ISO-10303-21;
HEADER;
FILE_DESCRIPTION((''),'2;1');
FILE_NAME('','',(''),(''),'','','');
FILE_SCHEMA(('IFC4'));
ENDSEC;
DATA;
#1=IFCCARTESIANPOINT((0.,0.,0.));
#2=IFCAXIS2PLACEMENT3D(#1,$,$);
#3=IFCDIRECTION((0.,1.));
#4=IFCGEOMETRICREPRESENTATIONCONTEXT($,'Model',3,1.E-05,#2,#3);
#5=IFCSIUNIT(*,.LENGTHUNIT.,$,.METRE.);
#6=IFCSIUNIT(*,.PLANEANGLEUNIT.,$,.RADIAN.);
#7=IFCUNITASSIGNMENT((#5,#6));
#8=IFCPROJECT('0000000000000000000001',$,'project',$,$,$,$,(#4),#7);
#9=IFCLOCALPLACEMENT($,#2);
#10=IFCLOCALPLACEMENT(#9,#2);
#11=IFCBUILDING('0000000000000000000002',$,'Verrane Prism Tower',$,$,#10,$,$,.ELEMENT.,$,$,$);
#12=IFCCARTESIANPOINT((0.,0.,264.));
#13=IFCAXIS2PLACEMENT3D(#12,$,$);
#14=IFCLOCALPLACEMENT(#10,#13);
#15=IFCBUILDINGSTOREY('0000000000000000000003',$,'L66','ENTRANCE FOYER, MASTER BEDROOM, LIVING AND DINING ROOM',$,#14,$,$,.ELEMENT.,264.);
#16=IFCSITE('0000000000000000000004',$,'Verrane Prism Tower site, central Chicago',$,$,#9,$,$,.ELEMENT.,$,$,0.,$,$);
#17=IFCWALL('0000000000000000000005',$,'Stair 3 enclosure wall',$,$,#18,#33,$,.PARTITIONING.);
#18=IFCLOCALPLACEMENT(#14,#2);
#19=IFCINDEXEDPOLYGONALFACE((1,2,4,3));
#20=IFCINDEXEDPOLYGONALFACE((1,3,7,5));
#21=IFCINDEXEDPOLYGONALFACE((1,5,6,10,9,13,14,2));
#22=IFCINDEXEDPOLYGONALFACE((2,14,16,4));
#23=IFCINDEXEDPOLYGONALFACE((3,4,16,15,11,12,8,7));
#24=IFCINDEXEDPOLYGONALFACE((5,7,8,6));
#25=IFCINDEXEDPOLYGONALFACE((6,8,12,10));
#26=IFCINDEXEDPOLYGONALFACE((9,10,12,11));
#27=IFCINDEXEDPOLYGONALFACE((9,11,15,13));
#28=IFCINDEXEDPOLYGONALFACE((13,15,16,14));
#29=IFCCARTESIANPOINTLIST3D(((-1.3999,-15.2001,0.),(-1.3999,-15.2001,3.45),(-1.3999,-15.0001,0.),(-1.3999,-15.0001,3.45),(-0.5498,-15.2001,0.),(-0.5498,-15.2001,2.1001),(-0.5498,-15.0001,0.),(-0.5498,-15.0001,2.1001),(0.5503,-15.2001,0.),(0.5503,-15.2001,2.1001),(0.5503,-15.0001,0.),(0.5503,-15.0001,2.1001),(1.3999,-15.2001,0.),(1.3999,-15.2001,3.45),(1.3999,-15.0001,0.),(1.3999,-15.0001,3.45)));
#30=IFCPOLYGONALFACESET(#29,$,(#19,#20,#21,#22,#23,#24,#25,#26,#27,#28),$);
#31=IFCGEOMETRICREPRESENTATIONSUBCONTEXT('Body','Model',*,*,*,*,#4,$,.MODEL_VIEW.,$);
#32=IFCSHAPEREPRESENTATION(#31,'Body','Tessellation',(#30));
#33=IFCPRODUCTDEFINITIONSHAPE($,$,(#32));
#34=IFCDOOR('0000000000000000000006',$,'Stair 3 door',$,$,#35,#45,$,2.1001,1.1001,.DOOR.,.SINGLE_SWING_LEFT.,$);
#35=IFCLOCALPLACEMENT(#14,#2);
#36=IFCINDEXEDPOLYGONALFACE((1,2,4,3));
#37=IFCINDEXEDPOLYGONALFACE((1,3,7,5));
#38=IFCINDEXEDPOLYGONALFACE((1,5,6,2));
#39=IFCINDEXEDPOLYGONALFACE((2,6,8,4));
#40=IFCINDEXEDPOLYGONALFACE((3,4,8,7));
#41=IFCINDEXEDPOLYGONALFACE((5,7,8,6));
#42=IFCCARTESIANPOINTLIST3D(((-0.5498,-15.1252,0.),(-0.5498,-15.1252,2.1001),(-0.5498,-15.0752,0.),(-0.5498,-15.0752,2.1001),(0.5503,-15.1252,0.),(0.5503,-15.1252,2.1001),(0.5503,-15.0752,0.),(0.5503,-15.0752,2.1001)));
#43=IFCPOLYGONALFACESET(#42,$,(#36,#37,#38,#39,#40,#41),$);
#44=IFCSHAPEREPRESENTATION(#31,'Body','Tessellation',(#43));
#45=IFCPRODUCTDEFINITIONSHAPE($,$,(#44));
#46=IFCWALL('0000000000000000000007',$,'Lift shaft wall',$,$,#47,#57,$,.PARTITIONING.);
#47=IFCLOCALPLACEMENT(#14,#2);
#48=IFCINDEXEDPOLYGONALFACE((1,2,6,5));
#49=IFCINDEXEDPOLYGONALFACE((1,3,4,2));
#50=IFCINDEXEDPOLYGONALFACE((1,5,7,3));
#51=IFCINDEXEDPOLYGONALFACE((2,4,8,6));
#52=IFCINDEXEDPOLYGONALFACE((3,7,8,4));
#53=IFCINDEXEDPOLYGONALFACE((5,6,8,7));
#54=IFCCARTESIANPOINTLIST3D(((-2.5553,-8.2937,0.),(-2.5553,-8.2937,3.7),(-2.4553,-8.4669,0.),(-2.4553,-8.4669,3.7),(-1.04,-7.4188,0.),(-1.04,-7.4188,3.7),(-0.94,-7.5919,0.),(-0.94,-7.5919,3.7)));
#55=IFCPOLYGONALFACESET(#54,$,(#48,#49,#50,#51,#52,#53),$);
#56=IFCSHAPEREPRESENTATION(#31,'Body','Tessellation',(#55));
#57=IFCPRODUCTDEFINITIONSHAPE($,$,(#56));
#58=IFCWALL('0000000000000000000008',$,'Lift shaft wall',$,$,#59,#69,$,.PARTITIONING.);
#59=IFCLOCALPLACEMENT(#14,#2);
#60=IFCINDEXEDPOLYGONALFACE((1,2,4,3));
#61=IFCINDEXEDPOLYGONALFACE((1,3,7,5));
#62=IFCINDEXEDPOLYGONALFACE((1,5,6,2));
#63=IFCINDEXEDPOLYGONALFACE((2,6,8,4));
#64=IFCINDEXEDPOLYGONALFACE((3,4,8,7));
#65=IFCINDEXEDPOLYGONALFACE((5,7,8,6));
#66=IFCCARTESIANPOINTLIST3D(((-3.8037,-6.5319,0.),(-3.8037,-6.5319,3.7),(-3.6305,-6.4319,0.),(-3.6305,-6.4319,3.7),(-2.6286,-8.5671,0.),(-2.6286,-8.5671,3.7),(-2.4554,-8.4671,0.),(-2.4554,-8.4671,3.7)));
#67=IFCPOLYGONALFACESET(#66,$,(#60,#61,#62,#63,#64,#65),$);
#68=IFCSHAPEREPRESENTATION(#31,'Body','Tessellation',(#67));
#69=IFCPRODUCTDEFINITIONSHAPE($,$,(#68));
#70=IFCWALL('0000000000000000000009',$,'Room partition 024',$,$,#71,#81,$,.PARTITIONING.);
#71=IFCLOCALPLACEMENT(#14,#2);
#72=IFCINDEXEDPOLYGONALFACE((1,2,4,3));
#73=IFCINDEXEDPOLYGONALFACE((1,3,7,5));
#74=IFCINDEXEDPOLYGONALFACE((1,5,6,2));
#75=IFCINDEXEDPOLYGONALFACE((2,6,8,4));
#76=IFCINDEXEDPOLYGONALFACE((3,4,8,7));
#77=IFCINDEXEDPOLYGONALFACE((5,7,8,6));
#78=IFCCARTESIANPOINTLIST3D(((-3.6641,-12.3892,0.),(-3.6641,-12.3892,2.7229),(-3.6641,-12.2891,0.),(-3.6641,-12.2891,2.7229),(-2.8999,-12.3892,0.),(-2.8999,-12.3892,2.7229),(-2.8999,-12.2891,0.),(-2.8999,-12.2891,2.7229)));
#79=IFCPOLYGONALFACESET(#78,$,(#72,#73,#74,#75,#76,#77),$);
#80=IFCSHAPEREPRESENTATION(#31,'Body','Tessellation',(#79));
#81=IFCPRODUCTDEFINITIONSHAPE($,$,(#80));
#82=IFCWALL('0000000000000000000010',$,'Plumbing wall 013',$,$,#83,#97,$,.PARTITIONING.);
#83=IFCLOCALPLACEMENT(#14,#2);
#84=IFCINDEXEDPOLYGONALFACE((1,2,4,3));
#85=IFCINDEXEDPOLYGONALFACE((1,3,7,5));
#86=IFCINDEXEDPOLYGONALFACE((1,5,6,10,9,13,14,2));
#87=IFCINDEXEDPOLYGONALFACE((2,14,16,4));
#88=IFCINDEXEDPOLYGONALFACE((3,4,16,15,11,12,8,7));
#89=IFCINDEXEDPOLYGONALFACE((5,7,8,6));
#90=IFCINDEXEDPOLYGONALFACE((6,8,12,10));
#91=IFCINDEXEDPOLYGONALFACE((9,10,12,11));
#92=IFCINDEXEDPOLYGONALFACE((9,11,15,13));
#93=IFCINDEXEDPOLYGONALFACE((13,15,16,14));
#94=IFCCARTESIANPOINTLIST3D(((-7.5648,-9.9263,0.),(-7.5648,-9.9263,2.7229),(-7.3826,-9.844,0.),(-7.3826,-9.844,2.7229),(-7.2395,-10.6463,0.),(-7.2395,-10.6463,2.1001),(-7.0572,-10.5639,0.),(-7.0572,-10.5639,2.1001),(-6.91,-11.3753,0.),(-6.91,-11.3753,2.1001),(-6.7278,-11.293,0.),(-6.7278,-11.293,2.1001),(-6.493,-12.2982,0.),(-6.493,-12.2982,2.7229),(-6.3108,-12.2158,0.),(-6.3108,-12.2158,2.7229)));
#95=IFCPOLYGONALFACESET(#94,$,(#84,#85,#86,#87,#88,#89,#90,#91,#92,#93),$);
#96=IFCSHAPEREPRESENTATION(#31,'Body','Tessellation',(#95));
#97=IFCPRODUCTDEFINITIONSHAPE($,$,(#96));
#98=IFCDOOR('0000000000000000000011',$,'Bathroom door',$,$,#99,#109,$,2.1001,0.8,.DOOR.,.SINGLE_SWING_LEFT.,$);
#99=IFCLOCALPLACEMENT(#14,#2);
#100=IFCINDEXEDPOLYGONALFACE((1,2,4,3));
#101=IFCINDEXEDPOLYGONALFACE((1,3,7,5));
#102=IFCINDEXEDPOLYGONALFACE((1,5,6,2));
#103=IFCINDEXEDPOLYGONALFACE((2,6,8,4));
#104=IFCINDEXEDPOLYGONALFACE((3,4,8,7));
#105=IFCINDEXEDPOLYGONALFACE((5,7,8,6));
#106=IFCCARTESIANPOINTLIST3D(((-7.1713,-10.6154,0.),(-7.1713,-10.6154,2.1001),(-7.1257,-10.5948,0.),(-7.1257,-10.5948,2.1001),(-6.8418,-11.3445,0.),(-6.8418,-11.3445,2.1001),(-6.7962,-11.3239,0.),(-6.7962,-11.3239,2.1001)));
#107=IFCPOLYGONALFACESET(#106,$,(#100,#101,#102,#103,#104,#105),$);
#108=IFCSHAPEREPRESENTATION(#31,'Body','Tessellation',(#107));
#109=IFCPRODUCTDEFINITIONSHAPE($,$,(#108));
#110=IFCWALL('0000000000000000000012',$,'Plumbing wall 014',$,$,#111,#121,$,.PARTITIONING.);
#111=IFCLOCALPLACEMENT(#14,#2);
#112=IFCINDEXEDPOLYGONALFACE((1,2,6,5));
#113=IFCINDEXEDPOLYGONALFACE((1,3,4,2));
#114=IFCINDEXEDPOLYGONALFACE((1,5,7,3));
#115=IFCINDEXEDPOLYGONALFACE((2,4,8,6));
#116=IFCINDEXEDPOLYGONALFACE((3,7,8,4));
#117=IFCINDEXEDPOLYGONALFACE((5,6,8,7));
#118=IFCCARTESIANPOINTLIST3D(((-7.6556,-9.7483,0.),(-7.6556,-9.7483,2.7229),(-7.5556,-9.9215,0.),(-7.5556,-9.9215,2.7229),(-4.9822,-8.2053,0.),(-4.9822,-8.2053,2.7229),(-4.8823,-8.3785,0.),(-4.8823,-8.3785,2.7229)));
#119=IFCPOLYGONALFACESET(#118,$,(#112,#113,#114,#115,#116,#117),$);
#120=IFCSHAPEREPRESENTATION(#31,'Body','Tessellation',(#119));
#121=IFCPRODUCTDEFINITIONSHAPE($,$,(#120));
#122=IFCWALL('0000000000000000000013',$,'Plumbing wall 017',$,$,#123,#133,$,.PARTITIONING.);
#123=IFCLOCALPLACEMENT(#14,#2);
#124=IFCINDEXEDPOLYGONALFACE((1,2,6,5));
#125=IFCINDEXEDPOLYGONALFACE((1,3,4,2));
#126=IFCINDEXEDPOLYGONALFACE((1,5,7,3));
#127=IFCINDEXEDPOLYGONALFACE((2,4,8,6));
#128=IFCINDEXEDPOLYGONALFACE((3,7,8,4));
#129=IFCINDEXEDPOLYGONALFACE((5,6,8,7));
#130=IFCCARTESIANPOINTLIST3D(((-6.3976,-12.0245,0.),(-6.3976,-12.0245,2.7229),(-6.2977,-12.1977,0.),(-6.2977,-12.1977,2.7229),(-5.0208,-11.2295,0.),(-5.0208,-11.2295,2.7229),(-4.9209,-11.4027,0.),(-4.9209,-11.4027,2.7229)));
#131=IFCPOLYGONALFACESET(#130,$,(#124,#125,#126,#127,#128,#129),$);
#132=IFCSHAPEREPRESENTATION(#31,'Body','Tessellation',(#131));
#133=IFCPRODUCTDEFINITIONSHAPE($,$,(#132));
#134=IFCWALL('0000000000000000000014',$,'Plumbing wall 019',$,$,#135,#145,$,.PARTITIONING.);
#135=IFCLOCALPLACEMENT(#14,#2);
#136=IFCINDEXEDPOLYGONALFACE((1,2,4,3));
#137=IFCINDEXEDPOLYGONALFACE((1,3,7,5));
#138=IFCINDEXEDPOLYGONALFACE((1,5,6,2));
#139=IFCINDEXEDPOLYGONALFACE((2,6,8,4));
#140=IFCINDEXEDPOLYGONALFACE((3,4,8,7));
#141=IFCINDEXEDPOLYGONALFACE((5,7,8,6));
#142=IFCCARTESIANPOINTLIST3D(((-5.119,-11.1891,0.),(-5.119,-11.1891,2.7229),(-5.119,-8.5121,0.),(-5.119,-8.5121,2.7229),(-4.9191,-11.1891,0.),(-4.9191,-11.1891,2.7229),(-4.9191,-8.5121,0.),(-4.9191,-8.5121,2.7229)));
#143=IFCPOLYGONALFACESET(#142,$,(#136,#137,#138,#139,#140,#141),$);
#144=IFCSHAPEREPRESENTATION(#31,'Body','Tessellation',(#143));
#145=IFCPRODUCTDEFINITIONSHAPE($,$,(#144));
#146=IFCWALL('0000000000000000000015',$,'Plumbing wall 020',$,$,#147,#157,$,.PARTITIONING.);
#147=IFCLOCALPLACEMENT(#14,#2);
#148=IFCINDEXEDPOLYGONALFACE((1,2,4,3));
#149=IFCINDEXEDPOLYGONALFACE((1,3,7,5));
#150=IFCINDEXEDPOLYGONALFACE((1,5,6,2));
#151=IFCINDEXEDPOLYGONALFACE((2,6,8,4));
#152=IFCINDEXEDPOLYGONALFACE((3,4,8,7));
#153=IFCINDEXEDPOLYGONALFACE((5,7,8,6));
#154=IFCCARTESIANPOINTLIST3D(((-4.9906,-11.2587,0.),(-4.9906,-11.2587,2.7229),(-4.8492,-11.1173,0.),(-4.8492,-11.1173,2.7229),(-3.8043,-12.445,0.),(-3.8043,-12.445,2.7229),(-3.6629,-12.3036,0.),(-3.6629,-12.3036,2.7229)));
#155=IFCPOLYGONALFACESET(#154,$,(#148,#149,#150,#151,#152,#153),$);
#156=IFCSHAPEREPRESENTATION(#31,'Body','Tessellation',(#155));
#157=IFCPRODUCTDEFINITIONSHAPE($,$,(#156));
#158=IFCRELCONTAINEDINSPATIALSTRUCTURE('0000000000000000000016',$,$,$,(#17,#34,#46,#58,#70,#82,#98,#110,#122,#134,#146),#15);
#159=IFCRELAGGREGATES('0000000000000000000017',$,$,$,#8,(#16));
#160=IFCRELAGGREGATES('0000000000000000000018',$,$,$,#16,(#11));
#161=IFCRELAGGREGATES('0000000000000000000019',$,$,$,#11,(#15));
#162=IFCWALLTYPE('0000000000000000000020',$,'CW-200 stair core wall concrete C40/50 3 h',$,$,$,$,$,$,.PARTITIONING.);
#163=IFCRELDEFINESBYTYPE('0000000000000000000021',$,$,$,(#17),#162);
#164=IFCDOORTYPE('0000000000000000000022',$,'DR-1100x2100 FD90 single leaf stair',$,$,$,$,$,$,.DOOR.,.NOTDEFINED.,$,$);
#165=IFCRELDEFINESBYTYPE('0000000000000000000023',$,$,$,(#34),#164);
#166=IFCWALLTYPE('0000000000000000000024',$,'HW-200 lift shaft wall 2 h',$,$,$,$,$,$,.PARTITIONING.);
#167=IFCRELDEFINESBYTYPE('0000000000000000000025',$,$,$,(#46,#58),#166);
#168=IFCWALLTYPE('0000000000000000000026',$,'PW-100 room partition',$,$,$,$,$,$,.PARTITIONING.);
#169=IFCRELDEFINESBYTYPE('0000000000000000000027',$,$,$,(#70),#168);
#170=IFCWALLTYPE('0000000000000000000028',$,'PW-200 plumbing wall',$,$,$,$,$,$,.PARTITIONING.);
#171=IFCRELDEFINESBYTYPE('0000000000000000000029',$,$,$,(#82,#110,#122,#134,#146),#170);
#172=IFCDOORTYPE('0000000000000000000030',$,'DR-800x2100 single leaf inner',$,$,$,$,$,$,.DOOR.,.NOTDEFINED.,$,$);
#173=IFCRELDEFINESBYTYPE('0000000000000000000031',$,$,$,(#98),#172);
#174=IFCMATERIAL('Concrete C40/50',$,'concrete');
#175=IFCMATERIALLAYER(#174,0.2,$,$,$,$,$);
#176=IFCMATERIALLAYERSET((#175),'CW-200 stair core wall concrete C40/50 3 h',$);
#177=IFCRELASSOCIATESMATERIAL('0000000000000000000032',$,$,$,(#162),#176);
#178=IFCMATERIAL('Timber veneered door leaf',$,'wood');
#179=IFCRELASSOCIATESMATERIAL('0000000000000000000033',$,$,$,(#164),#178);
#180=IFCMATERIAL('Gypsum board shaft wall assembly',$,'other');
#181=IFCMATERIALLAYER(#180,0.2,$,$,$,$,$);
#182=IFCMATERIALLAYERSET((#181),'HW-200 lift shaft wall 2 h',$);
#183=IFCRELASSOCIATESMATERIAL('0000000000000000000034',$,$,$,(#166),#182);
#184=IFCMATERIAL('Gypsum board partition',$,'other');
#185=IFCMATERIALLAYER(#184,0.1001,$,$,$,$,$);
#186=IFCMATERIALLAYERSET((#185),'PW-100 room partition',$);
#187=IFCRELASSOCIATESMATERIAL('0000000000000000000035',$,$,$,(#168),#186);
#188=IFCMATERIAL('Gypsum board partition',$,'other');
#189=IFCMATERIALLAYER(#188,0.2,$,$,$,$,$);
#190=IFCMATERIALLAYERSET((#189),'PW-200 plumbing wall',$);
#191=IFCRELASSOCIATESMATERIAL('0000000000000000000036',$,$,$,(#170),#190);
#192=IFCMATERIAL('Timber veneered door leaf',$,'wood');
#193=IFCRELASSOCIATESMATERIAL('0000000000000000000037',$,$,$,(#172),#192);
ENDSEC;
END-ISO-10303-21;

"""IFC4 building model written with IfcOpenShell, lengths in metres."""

from ifc_helpers import new_model, si_unit, direction, frame, frame_2d, origin, place, context, subcontext, project, spatial, rectangle, extrude, material, layer, layer_set, type_object, element, fill, save


model = new_model("IFC4")

# Units and contexts
model_context = context("Model", 3, precision=1e-05, world=origin(), true_north=direction((0.0, 1.0)))
body_context = subcontext(model_context, "Body", "Model", "MODEL_VIEW")
ifc_project = project(units=[si_unit("LENGTHUNIT", "METRE"), si_unit("PLANEANGLEUNIT", "RADIAN")], contexts=[model_context])

# Site, building, storey
site_placement = place(None, origin())
site = spatial("IfcSite", under=ifc_project, at=site_placement, Name="Verrane Prism Tower site, central Chicago", CompositionType="ELEMENT", RefElevation=0.0)
building_placement = place(site_placement, origin())
building = spatial("IfcBuilding", under=site, at=building_placement, Name="Verrane Prism Tower", CompositionType="ELEMENT")
storey_placement = place(building_placement, frame((0.0, 0.0, 264.0)))
storey = spatial("IfcBuildingStorey", under=building, at=storey_placement, Name="L66", Description="ENTRANCE FOYER, MASTER BEDROOM, LIVING AND DINING ROOM", CompositionType="ELEMENT", Elevation=264.0)

# Wall, opening, door
ifc_material_1 = material(Name="Concrete C40/50", Category="concrete")
ifc_layer_1 = layer(ifc_material_1, 0.2)
ifc_layer_set_1 = layer_set([ifc_layer_1], Name="CW-200 stair core wall concrete C40/50 3 h")
wall_type_1 = type_object("IfcWallType", Name="CW-200 stair core wall concrete C40/50 3 h", PredefinedType="PARTITIONING", material=ifc_layer_set_1)
wall_1_placement = place(storey_placement, frame((-1.3999, -15.1001, 0.0), z_axis=(0.0, 0.0, 1.0), x_axis=(1.0, 0.0, 0.0)))
wall_1 = element("IfcWall", 1, at=wall_1_placement, inside=storey, type_object=wall_type_1, Name="Stair 3 enclosure wall", PredefinedType="PARTITIONING", context=body_context, shape_type="SweptSolid", body=[
    extrude(rectangle(XDim=2.7998, YDim=0.2, at=frame_2d((1.3999, 0.0))), origin(), (0.0, 0.0, 1.0), 3.45),
])
opening_1_placement = place(wall_1_placement, frame((0.8501, 0.0, 0.0)))
opening_1 = element("IfcOpeningElement", 2, at=opening_1_placement, cuts=wall_1, PredefinedType="OPENING", context=body_context, shape_type="SweptSolid", body=[
    extrude(rectangle(XDim=1.1001, YDim=2.1001, at=frame_2d((0.55, 1.05))), frame((0.0, 0.1099, 0.0), z_axis=(0.0, -1.0, 0.0), x_axis=(1.0, 0.0, 0.0)), (0.0, 0.0, 1.0), 0.22),
])
ifc_material_2 = material(Name="Timber veneered door leaf", Category="wood")
door_type_1 = type_object("IfcDoorType", Name="DR-1100x2100 FD90 single leaf stair", OperationType="NOTDEFINED", PredefinedType="DOOR", material=ifc_material_2)
door_1_placement = place(opening_1_placement, origin())
door_1 = element("IfcDoor", 3, at=door_1_placement, inside=storey, type_object=door_type_1, Name="Stair 3 door", OperationType="SINGLE_SWING_LEFT", OverallHeight=2.1001, OverallWidth=1.1001, PredefinedType="DOOR", context=body_context, shape_type="SweptSolid", body=[
    extrude(rectangle(XDim=1.1001, YDim=2.1001, at=frame_2d((0.55, 1.05))), frame((0.0, 0.0249, 0.0), z_axis=(0.0, -1.0, 0.0), x_axis=(1.0, 0.0, 0.0)), (0.0, 0.0, 1.0), 0.05),
])
fill(opening_1, door_1)

# Walls
ifc_material_3 = material(Name="Gypsum board shaft wall assembly", Category="other")
ifc_layer_2 = layer(ifc_material_3, 0.2)
ifc_layer_set_2 = layer_set([ifc_layer_2], Name="HW-200 lift shaft wall 2 h")
wall_type_2 = type_object("IfcWallType", Name="HW-200 lift shaft wall 2 h", PredefinedType="PARTITIONING", material=ifc_layer_set_2)
wall_2_placement = place(storey_placement, frame((-2.5054, -8.3804, 0.0), z_axis=(0.0, 0.0, 1.0), x_axis=(0.866002, 0.50004, 0.0)))
element("IfcWall", 4, at=wall_2_placement, inside=storey, type_object=wall_type_2, Name="Lift shaft wall", PredefinedType="PARTITIONING", context=body_context, shape_type="SweptSolid", body=[
    extrude(rectangle(XDim=1.7498, YDim=0.2, at=frame_2d((0.875, 0.0))), origin(), (0.0, 0.0, 1.0), 3.7),
])
wall_3_placement = place(storey_placement, frame((-2.542, -8.5171, 0.0), z_axis=(0.0, 0.0, 1.0), x_axis=(-0.500016, 0.866016, 0.0)))
element("IfcWall", 5, at=wall_3_placement, inside=storey, type_object=wall_type_2, Name="Lift shaft wall", PredefinedType="PARTITIONING", context=body_context, shape_type="SweptSolid", body=[
    extrude(rectangle(XDim=2.3501, YDim=0.2, at=frame_2d((1.175, 0.0))), origin(), (0.0, 0.0, 1.0), 3.7),
])
ifc_material_4 = material(Name="Gypsum board partition", Category="other")
ifc_layer_3 = layer(ifc_material_4, 0.1001)
ifc_layer_set_3 = layer_set([ifc_layer_3], Name="PW-100 room partition")
wall_type_3 = type_object("IfcWallType", Name="PW-100 room partition", PredefinedType="PARTITIONING", material=ifc_layer_set_3)
wall_4_placement = place(storey_placement, frame((-3.6641, -12.3391, 0.0), z_axis=(0.0, 0.0, 1.0), x_axis=(1.0, 0.0, 0.0)))
element("IfcWall", 6, at=wall_4_placement, inside=storey, type_object=wall_type_3, Name="Room partition 024", PredefinedType="PARTITIONING", context=body_context, shape_type="SweptSolid", body=[
    extrude(rectangle(XDim=0.7642, YDim=0.1001, at=frame_2d((0.3821, 0.0))), origin(), (0.0, 0.0, 1.0), 2.7229),
])

# Wall, opening, door
ifc_material_5 = material(Name="Gypsum board partition", Category="other")
ifc_layer_4 = layer(ifc_material_5, 0.2)
ifc_layer_set_4 = layer_set([ifc_layer_4], Name="PW-200 plumbing wall")
wall_type_4 = type_object("IfcWallType", Name="PW-200 plumbing wall", PredefinedType="PARTITIONING", material=ifc_layer_set_4)
wall_5_placement = place(storey_placement, frame((-7.4736, -9.8853, 0.0), z_axis=(0.0, 0.0, 1.0), x_axis=(0.411788, -0.91128, 0.0)))
wall_5 = element("IfcWall", 7, at=wall_5_placement, inside=storey, type_object=wall_type_4, Name="Plumbing wall 013", PredefinedType="PARTITIONING", context=body_context, shape_type="SweptSolid", body=[
    extrude(rectangle(XDim=2.6028, YDim=0.2, at=frame_2d((1.3013, 0.0))), origin(), (0.0, 0.0, 1.0), 2.7229),
])
opening_2_placement = place(wall_5_placement, frame((0.79, 0.0, 0.0)))
opening_2 = element("IfcOpeningElement", 8, at=opening_2_placement, cuts=wall_5, PredefinedType="OPENING", context=body_context, shape_type="SweptSolid", body=[
    extrude(rectangle(XDim=0.8, YDim=2.1001, at=frame_2d((0.3999, 1.05))), frame((0.0, 0.1099, 0.0), z_axis=(0.0, -1.0, 0.0), x_axis=(1.0, 0.0, 0.0)), (0.0, 0.0, 1.0), 0.22),
])
ifc_material_6 = material(Name="Timber veneered door leaf", Category="wood")
door_type_2 = type_object("IfcDoorType", Name="DR-800x2100 single leaf inner", OperationType="NOTDEFINED", PredefinedType="DOOR", material=ifc_material_6)
door_2_placement = place(opening_2_placement, origin())
door_2 = element("IfcDoor", 9, at=door_2_placement, inside=storey, type_object=door_type_2, Name="Bathroom door", OperationType="SINGLE_SWING_LEFT", OverallHeight=2.1001, OverallWidth=0.8, PredefinedType="DOOR", context=body_context, shape_type="SweptSolid", body=[
    extrude(rectangle(XDim=0.8, YDim=2.1001, at=frame_2d((0.3999, 1.05))), frame((0.0, 0.0249, 0.0), z_axis=(0.0, -1.0, 0.0), x_axis=(1.0, 0.0, 0.0)), (0.0, 0.0, 1.0), 0.05),
])
fill(opening_2, door_2)

# Walls
wall_6_placement = place(storey_placement, frame((-7.6057, -9.835, 0.0), z_axis=(0.0, 0.0, 1.0), x_axis=(0.866093, 0.499882, 0.0)))
element("IfcWall", 10, at=wall_6_placement, inside=storey, type_object=wall_type_4, Name="Plumbing wall 014", PredefinedType="PARTITIONING", context=body_context, shape_type="SweptSolid", body=[
    extrude(rectangle(XDim=3.0867, YDim=0.2, at=frame_2d((1.5435, 0.0))), origin(), (0.0, 0.0, 1.0), 2.7229),
])
wall_7_placement = place(storey_placement, frame((-6.3477, -12.1111, 0.0), z_axis=(0.0, 0.0, 1.0), x_axis=(0.866004, 0.500037, 0.0)))
element("IfcWall", 11, at=wall_7_placement, inside=storey, type_object=wall_type_4, Name="Plumbing wall 017", PredefinedType="PARTITIONING", context=body_context, shape_type="SweptSolid", body=[
    extrude(rectangle(XDim=1.5898, YDim=0.2, at=frame_2d((0.7949, 0.0))), origin(), (0.0, 0.0, 1.0), 2.7229),
])
wall_8_placement = place(storey_placement, frame((-5.019, -11.189, 0.0), z_axis=(0.0, 0.0, 1.0), x_axis=(0.0, 1.0, 0.0)))
element("IfcWall", 12, at=wall_8_placement, inside=storey, type_object=wall_type_4, Name="Plumbing wall 019", PredefinedType="PARTITIONING", context=body_context, shape_type="SweptSolid", body=[
    extrude(rectangle(XDim=2.677, YDim=0.2, at=frame_2d((1.3384, 0.0))), origin(), (0.0, 0.0, 1.0), 2.7229),
])
wall_9_placement = place(storey_placement, frame((-4.9199, -11.188, 0.0), z_axis=(0.0, 0.0, 1.0), x_axis=(0.707107, -0.707107, 0.0)))
element("IfcWall", 13, at=wall_9_placement, inside=storey, type_object=wall_type_4, Name="Plumbing wall 020", PredefinedType="PARTITIONING", context=body_context, shape_type="SweptSolid", body=[
    extrude(rectangle(XDim=1.6777, YDim=0.2, at=frame_2d((0.8389, 0.0))), origin(), (0.0, 0.0, 1.0), 2.7229),
])

save(model, "model.ifc")
